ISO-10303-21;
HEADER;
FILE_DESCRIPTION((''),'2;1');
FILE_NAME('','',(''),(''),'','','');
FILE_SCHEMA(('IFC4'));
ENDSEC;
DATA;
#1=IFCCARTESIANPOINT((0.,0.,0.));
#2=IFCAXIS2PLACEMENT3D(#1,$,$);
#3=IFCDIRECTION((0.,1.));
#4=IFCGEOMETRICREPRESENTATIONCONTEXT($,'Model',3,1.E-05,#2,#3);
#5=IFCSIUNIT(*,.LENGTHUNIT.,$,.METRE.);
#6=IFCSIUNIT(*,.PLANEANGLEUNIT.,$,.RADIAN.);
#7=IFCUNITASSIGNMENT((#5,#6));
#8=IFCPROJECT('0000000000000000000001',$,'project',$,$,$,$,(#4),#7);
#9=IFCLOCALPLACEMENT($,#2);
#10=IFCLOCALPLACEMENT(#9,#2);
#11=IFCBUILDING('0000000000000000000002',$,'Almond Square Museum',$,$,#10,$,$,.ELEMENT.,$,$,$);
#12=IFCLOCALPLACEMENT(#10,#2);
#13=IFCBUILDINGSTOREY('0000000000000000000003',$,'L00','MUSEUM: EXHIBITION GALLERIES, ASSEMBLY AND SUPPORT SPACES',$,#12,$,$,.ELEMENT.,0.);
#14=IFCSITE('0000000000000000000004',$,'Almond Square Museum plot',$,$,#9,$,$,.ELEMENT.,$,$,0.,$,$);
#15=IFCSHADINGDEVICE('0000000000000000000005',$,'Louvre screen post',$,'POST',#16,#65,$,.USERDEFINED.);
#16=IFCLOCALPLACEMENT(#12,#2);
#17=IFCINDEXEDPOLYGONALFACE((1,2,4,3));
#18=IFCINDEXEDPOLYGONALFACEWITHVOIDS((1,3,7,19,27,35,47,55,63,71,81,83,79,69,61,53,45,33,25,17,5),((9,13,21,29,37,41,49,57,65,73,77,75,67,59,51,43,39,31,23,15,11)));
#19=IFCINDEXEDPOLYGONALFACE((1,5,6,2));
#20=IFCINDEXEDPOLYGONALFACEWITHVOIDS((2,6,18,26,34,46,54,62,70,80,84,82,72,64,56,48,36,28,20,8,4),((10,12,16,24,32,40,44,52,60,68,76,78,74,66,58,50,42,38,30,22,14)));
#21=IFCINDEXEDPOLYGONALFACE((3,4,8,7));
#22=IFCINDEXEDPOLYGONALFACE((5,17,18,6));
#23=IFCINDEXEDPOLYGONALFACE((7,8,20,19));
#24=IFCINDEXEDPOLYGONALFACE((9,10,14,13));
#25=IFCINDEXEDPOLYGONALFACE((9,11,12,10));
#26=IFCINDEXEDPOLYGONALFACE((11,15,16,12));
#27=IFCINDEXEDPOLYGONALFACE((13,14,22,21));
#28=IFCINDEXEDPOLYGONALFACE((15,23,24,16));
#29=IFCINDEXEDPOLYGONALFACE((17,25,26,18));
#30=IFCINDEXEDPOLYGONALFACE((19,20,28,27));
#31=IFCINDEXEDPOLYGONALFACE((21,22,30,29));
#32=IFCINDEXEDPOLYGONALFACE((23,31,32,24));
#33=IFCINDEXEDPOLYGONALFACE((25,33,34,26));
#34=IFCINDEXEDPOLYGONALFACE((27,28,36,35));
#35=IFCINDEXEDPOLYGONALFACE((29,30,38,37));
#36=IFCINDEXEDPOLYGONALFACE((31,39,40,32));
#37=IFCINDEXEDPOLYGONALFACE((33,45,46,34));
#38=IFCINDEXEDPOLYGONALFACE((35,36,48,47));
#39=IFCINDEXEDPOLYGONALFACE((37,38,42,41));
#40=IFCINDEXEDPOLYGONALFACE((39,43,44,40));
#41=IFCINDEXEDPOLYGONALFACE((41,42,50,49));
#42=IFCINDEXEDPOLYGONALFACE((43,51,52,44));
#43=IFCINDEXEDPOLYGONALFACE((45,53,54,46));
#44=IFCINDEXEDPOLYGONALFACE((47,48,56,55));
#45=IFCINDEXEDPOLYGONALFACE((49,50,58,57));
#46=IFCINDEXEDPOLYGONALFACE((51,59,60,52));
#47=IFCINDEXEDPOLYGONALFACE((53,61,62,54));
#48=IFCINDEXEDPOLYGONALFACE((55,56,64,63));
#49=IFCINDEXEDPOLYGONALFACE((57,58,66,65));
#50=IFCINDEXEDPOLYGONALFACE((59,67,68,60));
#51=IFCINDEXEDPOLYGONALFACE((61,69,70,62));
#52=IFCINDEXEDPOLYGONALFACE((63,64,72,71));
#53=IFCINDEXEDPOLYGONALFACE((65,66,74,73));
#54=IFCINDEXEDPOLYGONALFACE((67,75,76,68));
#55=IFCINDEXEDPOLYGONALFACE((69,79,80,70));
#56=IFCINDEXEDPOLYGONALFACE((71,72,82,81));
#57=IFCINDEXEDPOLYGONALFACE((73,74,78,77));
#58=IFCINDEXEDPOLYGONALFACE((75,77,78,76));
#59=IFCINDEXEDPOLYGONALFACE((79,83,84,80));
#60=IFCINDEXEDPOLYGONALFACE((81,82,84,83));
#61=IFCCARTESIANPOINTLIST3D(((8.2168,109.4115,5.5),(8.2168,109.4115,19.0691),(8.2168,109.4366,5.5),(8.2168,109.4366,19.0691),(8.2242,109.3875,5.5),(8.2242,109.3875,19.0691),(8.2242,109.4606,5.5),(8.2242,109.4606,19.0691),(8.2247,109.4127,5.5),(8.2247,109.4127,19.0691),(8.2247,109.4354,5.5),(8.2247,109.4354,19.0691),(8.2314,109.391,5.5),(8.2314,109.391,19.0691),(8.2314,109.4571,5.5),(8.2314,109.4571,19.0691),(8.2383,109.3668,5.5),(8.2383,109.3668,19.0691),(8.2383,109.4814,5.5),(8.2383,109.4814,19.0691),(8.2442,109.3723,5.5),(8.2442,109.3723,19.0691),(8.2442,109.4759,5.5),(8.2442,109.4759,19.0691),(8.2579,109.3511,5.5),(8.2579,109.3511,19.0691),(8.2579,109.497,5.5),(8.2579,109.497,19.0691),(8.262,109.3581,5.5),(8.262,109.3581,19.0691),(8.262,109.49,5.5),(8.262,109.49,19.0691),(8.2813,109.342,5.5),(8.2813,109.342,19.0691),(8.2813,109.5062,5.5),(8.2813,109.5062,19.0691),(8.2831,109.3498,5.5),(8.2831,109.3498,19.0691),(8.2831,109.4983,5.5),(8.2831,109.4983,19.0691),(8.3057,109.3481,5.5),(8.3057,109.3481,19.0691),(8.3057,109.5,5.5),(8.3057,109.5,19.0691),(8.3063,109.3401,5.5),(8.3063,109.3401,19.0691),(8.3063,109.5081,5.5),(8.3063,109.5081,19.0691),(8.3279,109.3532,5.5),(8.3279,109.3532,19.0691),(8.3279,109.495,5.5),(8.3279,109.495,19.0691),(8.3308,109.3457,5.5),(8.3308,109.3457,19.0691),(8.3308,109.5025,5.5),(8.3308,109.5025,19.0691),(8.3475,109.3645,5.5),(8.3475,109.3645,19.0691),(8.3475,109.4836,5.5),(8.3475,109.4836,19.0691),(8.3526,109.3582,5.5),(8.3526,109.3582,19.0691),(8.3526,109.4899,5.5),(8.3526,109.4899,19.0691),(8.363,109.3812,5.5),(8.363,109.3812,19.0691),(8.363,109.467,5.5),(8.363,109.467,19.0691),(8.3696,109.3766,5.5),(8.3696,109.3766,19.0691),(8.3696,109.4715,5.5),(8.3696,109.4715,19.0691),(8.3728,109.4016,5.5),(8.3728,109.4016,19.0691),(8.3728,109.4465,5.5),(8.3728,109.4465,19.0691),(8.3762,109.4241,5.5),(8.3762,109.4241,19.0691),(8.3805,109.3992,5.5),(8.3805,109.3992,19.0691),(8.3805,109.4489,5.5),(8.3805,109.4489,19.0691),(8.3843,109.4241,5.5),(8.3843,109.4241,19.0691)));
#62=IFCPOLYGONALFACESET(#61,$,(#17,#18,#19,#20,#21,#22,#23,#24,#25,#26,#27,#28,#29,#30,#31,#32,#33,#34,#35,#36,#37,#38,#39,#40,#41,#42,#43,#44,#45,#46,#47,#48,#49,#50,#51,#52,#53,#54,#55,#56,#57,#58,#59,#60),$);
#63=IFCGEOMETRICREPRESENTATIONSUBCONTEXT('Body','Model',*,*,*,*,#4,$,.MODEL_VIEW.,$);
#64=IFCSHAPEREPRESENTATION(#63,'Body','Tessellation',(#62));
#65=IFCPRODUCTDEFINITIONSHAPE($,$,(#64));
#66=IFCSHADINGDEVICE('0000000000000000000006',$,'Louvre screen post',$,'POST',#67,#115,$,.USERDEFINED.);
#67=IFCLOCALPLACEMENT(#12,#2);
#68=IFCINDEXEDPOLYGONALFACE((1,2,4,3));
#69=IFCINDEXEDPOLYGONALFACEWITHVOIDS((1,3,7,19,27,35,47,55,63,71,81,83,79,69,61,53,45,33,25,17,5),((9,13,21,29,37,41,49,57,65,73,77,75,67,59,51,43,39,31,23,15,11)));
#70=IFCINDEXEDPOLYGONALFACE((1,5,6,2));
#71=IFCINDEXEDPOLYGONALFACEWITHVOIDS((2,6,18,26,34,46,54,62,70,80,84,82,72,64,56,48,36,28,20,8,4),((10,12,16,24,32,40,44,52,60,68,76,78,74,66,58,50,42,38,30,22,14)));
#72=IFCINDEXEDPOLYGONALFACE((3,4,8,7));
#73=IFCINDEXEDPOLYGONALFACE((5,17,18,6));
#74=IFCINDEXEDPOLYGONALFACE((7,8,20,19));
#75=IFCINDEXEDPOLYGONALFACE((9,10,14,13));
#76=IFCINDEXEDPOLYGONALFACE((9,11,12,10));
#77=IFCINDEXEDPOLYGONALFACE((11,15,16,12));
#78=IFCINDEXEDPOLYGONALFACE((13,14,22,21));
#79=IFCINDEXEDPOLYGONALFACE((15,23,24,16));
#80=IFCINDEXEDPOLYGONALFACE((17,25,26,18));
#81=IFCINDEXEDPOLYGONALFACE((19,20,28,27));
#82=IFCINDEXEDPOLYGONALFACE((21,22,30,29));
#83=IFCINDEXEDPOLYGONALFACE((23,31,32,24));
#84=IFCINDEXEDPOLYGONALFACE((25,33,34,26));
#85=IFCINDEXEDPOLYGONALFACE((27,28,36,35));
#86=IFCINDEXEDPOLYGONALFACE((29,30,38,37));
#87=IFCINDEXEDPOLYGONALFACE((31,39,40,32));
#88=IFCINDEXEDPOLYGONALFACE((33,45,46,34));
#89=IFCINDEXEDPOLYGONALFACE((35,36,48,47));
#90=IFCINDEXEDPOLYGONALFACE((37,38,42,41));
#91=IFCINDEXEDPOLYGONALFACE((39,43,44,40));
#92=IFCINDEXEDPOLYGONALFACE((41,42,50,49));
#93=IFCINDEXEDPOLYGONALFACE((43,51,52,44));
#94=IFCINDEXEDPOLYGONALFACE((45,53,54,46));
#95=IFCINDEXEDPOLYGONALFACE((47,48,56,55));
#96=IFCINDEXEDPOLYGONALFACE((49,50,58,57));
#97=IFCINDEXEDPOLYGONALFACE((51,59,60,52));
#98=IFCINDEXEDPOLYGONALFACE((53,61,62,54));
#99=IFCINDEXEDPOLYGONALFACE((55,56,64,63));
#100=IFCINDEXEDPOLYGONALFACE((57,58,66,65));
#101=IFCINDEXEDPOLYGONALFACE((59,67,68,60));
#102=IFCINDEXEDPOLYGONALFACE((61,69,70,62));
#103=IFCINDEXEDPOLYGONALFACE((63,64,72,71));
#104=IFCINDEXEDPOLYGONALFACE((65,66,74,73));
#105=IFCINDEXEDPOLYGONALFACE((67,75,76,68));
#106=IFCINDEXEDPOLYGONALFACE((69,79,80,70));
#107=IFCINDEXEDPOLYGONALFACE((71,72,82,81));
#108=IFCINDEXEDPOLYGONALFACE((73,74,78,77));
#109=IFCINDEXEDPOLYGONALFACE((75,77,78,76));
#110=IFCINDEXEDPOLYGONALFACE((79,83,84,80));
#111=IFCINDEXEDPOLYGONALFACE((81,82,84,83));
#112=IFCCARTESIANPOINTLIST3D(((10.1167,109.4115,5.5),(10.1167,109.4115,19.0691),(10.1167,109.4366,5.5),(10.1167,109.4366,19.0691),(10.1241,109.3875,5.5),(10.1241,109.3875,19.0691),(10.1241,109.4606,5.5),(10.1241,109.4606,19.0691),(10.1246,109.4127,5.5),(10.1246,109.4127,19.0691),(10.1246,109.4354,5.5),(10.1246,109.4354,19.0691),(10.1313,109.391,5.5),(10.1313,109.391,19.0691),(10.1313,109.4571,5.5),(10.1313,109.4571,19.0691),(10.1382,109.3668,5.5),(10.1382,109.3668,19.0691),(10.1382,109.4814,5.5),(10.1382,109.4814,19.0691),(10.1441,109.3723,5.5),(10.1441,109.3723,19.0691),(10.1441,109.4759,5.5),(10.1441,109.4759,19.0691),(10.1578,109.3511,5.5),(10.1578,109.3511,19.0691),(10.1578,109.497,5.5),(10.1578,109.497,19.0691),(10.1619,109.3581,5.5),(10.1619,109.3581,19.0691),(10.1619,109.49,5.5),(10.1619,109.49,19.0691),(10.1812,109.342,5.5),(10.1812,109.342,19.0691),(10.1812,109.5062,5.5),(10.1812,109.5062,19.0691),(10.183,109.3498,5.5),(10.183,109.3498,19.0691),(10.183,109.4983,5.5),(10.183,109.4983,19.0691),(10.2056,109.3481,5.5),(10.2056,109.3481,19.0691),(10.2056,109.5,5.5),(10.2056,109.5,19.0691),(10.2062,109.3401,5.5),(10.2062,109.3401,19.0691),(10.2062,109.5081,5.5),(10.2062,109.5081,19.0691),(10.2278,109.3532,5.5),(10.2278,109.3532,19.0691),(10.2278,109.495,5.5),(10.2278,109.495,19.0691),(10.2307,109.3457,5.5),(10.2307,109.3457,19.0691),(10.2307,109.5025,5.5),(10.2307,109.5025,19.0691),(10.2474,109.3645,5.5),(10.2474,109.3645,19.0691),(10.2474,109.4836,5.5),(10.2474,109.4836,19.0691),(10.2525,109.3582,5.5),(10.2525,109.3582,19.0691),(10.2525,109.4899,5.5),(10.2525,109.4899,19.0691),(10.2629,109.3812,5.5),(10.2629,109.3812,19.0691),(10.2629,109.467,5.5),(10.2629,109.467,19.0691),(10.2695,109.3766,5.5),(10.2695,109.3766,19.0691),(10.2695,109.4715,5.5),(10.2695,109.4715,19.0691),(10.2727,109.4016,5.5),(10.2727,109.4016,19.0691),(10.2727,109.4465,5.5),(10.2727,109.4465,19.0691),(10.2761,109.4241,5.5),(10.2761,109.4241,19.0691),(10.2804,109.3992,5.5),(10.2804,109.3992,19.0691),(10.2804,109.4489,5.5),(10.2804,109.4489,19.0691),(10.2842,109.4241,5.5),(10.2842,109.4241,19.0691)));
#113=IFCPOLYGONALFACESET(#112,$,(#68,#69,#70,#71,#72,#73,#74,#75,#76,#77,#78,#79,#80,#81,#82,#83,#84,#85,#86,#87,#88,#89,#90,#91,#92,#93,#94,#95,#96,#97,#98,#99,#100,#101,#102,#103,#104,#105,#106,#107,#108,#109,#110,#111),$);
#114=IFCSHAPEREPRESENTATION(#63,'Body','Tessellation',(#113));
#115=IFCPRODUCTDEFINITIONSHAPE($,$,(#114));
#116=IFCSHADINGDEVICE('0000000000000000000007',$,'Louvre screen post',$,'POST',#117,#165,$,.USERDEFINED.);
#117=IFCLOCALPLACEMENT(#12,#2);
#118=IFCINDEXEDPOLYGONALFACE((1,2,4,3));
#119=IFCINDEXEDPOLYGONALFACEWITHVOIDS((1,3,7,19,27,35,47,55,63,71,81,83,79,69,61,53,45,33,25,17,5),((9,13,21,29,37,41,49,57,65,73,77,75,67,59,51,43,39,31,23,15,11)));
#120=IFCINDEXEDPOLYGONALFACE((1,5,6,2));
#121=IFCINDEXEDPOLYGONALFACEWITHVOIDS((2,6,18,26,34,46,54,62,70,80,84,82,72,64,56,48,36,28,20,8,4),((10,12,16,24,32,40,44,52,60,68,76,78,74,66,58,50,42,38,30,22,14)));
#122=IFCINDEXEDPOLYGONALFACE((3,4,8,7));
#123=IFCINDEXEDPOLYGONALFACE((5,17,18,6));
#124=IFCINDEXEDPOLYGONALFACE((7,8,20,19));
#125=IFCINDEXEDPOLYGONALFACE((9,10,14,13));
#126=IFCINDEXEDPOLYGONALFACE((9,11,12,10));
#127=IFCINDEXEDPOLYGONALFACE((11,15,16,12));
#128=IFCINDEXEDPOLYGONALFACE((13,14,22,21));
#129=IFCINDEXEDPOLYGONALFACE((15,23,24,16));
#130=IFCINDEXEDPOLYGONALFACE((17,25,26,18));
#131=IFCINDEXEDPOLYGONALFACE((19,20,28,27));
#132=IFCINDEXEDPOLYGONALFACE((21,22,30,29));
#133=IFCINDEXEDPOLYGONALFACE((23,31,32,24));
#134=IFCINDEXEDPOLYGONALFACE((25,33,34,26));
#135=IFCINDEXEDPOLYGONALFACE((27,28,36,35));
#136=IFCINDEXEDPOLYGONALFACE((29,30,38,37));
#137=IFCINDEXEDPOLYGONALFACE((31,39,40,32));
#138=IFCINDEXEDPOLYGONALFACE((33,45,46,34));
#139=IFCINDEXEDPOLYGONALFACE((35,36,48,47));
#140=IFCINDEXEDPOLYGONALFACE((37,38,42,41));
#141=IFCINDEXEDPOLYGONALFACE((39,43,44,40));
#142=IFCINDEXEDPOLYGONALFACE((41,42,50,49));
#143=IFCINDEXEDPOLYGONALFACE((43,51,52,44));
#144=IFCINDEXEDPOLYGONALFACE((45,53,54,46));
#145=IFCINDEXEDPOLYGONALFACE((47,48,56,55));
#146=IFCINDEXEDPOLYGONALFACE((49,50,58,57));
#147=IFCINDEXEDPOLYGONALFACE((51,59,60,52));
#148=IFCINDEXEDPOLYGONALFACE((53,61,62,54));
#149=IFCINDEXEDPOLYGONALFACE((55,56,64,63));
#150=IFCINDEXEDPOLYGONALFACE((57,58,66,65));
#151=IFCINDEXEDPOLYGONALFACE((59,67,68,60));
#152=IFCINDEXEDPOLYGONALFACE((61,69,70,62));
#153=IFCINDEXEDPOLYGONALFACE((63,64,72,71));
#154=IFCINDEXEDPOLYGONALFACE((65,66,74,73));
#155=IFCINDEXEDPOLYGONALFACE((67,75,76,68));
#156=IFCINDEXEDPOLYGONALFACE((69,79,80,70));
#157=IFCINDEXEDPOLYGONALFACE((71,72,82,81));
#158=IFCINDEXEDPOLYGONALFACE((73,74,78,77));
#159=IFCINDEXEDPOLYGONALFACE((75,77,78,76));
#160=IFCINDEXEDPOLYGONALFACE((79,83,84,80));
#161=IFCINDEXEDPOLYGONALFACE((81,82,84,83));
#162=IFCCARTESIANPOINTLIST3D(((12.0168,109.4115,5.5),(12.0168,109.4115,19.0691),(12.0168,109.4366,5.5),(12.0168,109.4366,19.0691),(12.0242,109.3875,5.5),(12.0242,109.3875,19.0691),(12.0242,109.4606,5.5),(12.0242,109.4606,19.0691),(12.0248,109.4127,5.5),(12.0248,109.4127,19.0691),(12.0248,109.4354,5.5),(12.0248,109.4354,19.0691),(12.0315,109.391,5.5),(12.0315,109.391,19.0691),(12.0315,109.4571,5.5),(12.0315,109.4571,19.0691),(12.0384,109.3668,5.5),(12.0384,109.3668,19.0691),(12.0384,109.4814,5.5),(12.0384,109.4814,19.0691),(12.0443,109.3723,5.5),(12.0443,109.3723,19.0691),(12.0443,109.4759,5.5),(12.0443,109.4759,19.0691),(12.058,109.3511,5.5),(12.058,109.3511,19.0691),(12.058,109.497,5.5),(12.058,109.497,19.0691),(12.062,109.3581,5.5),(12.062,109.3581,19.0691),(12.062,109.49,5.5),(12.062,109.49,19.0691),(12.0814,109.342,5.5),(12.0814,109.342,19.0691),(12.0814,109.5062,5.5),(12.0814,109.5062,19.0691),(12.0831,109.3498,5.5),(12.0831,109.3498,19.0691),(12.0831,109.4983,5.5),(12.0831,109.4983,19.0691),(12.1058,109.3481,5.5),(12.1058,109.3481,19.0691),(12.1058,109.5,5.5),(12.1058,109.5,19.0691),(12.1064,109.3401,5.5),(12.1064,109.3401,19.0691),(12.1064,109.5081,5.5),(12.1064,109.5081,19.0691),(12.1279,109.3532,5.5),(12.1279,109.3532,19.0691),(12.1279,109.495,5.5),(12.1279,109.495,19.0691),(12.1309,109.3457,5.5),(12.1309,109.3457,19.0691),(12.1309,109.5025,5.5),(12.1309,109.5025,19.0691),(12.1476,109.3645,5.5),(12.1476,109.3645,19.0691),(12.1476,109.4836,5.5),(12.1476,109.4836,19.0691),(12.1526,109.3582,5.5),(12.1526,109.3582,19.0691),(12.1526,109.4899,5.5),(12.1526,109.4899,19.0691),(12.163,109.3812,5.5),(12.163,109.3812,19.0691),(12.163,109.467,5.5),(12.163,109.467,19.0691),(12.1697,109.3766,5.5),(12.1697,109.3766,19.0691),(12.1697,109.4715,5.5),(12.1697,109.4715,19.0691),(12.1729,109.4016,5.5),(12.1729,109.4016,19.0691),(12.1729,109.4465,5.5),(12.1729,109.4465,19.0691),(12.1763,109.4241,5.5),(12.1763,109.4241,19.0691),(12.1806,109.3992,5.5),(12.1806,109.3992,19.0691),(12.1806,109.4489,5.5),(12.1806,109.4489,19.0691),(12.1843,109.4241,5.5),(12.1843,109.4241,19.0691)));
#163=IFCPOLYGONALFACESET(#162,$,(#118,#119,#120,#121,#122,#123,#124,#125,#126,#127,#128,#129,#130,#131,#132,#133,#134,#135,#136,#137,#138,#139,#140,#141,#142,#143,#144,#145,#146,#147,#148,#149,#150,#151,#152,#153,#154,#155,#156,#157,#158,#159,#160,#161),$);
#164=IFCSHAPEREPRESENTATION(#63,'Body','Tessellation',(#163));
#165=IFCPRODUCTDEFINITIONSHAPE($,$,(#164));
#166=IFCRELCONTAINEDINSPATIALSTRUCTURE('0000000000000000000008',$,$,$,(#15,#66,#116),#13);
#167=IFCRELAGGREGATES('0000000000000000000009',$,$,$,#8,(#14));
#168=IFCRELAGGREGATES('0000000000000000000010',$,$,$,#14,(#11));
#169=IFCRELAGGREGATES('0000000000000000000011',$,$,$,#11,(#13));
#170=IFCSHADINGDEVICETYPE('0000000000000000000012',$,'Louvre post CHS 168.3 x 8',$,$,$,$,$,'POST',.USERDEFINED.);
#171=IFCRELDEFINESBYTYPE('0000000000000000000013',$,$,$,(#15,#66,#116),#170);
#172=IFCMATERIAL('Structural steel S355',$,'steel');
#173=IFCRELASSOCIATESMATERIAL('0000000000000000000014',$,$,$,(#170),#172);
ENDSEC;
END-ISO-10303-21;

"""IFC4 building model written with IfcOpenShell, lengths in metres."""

from ifc_helpers import new_model, si_unit, direction, frame, origin, origin_2d, place, context, subcontext, project, spatial, hollow_circle, extrude, material, material_profile, profile_set, type_object, element, save


model = new_model("IFC4")

# Units and contexts
model_context = context("Model", 3, precision=1e-05, world=origin(), true_north=direction((0.0, 1.0)))
body_context = subcontext(model_context, "Body", "Model", "MODEL_VIEW")
ifc_project = project(units=[si_unit("LENGTHUNIT", "METRE"), si_unit("PLANEANGLEUNIT", "RADIAN")], contexts=[model_context])

# Site, building, storey
site_placement = place(None, origin())
site = spatial("IfcSite", under=ifc_project, at=site_placement, Name="Almond Square Museum plot", CompositionType="ELEMENT", RefElevation=0.0)
building_placement = place(site_placement, origin())
building = spatial("IfcBuilding", under=site, at=building_placement, Name="Almond Square Museum", CompositionType="ELEMENT")
storey_placement = place(building_placement, origin())
storey = spatial("IfcBuildingStorey", under=building, at=storey_placement, Name="L00", Description="MUSEUM: EXHIBITION GALLERIES, ASSEMBLY AND SUPPORT SPACES", CompositionType="ELEMENT", Elevation=0.0)

# Shading devices
ifc_material_1 = material(Name="Structural steel S355", Category="steel")
ifc_material_profile_1 = material_profile(ifc_material_1, hollow_circle(Radius=0.0842, WallThickness=0.0081, at=origin_2d()))
ifc_profile_set_1 = profile_set([ifc_material_profile_1], Name="Structural steel S355")
shading_device_type = type_object("IfcShadingDeviceType", Name="Louvre post CHS 168.3 x 8", ElementType="POST", PredefinedType="USERDEFINED", material=ifc_profile_set_1)
for number, where, z_axis, x_axis, name in (
    (1, (8.3, 109.4241, 5.5), (0.0, 0.0, 1.0), (1.0, 0.0, 0.0), "Louvre screen post"),
    (2, (10.2, 109.4241, 5.5), (0.0, 0.0, 1.0), (1.0, 0.0, 0.0), "Louvre screen post"),
    (3, (12.1001, 109.4241, 5.5), (0.0, 0.0, 1.0), (1.0, 0.0, 0.0), "Louvre screen post"),
):
    element("IfcShadingDevice", number, at=place(storey_placement, frame(where, z_axis=z_axis, x_axis=x_axis)), inside=storey, type_object=shading_device_type, Name=name, ObjectType="POST", PredefinedType="USERDEFINED", context=body_context, shape_type="SweptSolid", body=[
        extrude(hollow_circle(Radius=0.0842, WallThickness=0.0081, at=origin_2d()), origin(), (0.0, 0.0, 1.0), 13.5691),
    ])

save(model, "model.ifc")
